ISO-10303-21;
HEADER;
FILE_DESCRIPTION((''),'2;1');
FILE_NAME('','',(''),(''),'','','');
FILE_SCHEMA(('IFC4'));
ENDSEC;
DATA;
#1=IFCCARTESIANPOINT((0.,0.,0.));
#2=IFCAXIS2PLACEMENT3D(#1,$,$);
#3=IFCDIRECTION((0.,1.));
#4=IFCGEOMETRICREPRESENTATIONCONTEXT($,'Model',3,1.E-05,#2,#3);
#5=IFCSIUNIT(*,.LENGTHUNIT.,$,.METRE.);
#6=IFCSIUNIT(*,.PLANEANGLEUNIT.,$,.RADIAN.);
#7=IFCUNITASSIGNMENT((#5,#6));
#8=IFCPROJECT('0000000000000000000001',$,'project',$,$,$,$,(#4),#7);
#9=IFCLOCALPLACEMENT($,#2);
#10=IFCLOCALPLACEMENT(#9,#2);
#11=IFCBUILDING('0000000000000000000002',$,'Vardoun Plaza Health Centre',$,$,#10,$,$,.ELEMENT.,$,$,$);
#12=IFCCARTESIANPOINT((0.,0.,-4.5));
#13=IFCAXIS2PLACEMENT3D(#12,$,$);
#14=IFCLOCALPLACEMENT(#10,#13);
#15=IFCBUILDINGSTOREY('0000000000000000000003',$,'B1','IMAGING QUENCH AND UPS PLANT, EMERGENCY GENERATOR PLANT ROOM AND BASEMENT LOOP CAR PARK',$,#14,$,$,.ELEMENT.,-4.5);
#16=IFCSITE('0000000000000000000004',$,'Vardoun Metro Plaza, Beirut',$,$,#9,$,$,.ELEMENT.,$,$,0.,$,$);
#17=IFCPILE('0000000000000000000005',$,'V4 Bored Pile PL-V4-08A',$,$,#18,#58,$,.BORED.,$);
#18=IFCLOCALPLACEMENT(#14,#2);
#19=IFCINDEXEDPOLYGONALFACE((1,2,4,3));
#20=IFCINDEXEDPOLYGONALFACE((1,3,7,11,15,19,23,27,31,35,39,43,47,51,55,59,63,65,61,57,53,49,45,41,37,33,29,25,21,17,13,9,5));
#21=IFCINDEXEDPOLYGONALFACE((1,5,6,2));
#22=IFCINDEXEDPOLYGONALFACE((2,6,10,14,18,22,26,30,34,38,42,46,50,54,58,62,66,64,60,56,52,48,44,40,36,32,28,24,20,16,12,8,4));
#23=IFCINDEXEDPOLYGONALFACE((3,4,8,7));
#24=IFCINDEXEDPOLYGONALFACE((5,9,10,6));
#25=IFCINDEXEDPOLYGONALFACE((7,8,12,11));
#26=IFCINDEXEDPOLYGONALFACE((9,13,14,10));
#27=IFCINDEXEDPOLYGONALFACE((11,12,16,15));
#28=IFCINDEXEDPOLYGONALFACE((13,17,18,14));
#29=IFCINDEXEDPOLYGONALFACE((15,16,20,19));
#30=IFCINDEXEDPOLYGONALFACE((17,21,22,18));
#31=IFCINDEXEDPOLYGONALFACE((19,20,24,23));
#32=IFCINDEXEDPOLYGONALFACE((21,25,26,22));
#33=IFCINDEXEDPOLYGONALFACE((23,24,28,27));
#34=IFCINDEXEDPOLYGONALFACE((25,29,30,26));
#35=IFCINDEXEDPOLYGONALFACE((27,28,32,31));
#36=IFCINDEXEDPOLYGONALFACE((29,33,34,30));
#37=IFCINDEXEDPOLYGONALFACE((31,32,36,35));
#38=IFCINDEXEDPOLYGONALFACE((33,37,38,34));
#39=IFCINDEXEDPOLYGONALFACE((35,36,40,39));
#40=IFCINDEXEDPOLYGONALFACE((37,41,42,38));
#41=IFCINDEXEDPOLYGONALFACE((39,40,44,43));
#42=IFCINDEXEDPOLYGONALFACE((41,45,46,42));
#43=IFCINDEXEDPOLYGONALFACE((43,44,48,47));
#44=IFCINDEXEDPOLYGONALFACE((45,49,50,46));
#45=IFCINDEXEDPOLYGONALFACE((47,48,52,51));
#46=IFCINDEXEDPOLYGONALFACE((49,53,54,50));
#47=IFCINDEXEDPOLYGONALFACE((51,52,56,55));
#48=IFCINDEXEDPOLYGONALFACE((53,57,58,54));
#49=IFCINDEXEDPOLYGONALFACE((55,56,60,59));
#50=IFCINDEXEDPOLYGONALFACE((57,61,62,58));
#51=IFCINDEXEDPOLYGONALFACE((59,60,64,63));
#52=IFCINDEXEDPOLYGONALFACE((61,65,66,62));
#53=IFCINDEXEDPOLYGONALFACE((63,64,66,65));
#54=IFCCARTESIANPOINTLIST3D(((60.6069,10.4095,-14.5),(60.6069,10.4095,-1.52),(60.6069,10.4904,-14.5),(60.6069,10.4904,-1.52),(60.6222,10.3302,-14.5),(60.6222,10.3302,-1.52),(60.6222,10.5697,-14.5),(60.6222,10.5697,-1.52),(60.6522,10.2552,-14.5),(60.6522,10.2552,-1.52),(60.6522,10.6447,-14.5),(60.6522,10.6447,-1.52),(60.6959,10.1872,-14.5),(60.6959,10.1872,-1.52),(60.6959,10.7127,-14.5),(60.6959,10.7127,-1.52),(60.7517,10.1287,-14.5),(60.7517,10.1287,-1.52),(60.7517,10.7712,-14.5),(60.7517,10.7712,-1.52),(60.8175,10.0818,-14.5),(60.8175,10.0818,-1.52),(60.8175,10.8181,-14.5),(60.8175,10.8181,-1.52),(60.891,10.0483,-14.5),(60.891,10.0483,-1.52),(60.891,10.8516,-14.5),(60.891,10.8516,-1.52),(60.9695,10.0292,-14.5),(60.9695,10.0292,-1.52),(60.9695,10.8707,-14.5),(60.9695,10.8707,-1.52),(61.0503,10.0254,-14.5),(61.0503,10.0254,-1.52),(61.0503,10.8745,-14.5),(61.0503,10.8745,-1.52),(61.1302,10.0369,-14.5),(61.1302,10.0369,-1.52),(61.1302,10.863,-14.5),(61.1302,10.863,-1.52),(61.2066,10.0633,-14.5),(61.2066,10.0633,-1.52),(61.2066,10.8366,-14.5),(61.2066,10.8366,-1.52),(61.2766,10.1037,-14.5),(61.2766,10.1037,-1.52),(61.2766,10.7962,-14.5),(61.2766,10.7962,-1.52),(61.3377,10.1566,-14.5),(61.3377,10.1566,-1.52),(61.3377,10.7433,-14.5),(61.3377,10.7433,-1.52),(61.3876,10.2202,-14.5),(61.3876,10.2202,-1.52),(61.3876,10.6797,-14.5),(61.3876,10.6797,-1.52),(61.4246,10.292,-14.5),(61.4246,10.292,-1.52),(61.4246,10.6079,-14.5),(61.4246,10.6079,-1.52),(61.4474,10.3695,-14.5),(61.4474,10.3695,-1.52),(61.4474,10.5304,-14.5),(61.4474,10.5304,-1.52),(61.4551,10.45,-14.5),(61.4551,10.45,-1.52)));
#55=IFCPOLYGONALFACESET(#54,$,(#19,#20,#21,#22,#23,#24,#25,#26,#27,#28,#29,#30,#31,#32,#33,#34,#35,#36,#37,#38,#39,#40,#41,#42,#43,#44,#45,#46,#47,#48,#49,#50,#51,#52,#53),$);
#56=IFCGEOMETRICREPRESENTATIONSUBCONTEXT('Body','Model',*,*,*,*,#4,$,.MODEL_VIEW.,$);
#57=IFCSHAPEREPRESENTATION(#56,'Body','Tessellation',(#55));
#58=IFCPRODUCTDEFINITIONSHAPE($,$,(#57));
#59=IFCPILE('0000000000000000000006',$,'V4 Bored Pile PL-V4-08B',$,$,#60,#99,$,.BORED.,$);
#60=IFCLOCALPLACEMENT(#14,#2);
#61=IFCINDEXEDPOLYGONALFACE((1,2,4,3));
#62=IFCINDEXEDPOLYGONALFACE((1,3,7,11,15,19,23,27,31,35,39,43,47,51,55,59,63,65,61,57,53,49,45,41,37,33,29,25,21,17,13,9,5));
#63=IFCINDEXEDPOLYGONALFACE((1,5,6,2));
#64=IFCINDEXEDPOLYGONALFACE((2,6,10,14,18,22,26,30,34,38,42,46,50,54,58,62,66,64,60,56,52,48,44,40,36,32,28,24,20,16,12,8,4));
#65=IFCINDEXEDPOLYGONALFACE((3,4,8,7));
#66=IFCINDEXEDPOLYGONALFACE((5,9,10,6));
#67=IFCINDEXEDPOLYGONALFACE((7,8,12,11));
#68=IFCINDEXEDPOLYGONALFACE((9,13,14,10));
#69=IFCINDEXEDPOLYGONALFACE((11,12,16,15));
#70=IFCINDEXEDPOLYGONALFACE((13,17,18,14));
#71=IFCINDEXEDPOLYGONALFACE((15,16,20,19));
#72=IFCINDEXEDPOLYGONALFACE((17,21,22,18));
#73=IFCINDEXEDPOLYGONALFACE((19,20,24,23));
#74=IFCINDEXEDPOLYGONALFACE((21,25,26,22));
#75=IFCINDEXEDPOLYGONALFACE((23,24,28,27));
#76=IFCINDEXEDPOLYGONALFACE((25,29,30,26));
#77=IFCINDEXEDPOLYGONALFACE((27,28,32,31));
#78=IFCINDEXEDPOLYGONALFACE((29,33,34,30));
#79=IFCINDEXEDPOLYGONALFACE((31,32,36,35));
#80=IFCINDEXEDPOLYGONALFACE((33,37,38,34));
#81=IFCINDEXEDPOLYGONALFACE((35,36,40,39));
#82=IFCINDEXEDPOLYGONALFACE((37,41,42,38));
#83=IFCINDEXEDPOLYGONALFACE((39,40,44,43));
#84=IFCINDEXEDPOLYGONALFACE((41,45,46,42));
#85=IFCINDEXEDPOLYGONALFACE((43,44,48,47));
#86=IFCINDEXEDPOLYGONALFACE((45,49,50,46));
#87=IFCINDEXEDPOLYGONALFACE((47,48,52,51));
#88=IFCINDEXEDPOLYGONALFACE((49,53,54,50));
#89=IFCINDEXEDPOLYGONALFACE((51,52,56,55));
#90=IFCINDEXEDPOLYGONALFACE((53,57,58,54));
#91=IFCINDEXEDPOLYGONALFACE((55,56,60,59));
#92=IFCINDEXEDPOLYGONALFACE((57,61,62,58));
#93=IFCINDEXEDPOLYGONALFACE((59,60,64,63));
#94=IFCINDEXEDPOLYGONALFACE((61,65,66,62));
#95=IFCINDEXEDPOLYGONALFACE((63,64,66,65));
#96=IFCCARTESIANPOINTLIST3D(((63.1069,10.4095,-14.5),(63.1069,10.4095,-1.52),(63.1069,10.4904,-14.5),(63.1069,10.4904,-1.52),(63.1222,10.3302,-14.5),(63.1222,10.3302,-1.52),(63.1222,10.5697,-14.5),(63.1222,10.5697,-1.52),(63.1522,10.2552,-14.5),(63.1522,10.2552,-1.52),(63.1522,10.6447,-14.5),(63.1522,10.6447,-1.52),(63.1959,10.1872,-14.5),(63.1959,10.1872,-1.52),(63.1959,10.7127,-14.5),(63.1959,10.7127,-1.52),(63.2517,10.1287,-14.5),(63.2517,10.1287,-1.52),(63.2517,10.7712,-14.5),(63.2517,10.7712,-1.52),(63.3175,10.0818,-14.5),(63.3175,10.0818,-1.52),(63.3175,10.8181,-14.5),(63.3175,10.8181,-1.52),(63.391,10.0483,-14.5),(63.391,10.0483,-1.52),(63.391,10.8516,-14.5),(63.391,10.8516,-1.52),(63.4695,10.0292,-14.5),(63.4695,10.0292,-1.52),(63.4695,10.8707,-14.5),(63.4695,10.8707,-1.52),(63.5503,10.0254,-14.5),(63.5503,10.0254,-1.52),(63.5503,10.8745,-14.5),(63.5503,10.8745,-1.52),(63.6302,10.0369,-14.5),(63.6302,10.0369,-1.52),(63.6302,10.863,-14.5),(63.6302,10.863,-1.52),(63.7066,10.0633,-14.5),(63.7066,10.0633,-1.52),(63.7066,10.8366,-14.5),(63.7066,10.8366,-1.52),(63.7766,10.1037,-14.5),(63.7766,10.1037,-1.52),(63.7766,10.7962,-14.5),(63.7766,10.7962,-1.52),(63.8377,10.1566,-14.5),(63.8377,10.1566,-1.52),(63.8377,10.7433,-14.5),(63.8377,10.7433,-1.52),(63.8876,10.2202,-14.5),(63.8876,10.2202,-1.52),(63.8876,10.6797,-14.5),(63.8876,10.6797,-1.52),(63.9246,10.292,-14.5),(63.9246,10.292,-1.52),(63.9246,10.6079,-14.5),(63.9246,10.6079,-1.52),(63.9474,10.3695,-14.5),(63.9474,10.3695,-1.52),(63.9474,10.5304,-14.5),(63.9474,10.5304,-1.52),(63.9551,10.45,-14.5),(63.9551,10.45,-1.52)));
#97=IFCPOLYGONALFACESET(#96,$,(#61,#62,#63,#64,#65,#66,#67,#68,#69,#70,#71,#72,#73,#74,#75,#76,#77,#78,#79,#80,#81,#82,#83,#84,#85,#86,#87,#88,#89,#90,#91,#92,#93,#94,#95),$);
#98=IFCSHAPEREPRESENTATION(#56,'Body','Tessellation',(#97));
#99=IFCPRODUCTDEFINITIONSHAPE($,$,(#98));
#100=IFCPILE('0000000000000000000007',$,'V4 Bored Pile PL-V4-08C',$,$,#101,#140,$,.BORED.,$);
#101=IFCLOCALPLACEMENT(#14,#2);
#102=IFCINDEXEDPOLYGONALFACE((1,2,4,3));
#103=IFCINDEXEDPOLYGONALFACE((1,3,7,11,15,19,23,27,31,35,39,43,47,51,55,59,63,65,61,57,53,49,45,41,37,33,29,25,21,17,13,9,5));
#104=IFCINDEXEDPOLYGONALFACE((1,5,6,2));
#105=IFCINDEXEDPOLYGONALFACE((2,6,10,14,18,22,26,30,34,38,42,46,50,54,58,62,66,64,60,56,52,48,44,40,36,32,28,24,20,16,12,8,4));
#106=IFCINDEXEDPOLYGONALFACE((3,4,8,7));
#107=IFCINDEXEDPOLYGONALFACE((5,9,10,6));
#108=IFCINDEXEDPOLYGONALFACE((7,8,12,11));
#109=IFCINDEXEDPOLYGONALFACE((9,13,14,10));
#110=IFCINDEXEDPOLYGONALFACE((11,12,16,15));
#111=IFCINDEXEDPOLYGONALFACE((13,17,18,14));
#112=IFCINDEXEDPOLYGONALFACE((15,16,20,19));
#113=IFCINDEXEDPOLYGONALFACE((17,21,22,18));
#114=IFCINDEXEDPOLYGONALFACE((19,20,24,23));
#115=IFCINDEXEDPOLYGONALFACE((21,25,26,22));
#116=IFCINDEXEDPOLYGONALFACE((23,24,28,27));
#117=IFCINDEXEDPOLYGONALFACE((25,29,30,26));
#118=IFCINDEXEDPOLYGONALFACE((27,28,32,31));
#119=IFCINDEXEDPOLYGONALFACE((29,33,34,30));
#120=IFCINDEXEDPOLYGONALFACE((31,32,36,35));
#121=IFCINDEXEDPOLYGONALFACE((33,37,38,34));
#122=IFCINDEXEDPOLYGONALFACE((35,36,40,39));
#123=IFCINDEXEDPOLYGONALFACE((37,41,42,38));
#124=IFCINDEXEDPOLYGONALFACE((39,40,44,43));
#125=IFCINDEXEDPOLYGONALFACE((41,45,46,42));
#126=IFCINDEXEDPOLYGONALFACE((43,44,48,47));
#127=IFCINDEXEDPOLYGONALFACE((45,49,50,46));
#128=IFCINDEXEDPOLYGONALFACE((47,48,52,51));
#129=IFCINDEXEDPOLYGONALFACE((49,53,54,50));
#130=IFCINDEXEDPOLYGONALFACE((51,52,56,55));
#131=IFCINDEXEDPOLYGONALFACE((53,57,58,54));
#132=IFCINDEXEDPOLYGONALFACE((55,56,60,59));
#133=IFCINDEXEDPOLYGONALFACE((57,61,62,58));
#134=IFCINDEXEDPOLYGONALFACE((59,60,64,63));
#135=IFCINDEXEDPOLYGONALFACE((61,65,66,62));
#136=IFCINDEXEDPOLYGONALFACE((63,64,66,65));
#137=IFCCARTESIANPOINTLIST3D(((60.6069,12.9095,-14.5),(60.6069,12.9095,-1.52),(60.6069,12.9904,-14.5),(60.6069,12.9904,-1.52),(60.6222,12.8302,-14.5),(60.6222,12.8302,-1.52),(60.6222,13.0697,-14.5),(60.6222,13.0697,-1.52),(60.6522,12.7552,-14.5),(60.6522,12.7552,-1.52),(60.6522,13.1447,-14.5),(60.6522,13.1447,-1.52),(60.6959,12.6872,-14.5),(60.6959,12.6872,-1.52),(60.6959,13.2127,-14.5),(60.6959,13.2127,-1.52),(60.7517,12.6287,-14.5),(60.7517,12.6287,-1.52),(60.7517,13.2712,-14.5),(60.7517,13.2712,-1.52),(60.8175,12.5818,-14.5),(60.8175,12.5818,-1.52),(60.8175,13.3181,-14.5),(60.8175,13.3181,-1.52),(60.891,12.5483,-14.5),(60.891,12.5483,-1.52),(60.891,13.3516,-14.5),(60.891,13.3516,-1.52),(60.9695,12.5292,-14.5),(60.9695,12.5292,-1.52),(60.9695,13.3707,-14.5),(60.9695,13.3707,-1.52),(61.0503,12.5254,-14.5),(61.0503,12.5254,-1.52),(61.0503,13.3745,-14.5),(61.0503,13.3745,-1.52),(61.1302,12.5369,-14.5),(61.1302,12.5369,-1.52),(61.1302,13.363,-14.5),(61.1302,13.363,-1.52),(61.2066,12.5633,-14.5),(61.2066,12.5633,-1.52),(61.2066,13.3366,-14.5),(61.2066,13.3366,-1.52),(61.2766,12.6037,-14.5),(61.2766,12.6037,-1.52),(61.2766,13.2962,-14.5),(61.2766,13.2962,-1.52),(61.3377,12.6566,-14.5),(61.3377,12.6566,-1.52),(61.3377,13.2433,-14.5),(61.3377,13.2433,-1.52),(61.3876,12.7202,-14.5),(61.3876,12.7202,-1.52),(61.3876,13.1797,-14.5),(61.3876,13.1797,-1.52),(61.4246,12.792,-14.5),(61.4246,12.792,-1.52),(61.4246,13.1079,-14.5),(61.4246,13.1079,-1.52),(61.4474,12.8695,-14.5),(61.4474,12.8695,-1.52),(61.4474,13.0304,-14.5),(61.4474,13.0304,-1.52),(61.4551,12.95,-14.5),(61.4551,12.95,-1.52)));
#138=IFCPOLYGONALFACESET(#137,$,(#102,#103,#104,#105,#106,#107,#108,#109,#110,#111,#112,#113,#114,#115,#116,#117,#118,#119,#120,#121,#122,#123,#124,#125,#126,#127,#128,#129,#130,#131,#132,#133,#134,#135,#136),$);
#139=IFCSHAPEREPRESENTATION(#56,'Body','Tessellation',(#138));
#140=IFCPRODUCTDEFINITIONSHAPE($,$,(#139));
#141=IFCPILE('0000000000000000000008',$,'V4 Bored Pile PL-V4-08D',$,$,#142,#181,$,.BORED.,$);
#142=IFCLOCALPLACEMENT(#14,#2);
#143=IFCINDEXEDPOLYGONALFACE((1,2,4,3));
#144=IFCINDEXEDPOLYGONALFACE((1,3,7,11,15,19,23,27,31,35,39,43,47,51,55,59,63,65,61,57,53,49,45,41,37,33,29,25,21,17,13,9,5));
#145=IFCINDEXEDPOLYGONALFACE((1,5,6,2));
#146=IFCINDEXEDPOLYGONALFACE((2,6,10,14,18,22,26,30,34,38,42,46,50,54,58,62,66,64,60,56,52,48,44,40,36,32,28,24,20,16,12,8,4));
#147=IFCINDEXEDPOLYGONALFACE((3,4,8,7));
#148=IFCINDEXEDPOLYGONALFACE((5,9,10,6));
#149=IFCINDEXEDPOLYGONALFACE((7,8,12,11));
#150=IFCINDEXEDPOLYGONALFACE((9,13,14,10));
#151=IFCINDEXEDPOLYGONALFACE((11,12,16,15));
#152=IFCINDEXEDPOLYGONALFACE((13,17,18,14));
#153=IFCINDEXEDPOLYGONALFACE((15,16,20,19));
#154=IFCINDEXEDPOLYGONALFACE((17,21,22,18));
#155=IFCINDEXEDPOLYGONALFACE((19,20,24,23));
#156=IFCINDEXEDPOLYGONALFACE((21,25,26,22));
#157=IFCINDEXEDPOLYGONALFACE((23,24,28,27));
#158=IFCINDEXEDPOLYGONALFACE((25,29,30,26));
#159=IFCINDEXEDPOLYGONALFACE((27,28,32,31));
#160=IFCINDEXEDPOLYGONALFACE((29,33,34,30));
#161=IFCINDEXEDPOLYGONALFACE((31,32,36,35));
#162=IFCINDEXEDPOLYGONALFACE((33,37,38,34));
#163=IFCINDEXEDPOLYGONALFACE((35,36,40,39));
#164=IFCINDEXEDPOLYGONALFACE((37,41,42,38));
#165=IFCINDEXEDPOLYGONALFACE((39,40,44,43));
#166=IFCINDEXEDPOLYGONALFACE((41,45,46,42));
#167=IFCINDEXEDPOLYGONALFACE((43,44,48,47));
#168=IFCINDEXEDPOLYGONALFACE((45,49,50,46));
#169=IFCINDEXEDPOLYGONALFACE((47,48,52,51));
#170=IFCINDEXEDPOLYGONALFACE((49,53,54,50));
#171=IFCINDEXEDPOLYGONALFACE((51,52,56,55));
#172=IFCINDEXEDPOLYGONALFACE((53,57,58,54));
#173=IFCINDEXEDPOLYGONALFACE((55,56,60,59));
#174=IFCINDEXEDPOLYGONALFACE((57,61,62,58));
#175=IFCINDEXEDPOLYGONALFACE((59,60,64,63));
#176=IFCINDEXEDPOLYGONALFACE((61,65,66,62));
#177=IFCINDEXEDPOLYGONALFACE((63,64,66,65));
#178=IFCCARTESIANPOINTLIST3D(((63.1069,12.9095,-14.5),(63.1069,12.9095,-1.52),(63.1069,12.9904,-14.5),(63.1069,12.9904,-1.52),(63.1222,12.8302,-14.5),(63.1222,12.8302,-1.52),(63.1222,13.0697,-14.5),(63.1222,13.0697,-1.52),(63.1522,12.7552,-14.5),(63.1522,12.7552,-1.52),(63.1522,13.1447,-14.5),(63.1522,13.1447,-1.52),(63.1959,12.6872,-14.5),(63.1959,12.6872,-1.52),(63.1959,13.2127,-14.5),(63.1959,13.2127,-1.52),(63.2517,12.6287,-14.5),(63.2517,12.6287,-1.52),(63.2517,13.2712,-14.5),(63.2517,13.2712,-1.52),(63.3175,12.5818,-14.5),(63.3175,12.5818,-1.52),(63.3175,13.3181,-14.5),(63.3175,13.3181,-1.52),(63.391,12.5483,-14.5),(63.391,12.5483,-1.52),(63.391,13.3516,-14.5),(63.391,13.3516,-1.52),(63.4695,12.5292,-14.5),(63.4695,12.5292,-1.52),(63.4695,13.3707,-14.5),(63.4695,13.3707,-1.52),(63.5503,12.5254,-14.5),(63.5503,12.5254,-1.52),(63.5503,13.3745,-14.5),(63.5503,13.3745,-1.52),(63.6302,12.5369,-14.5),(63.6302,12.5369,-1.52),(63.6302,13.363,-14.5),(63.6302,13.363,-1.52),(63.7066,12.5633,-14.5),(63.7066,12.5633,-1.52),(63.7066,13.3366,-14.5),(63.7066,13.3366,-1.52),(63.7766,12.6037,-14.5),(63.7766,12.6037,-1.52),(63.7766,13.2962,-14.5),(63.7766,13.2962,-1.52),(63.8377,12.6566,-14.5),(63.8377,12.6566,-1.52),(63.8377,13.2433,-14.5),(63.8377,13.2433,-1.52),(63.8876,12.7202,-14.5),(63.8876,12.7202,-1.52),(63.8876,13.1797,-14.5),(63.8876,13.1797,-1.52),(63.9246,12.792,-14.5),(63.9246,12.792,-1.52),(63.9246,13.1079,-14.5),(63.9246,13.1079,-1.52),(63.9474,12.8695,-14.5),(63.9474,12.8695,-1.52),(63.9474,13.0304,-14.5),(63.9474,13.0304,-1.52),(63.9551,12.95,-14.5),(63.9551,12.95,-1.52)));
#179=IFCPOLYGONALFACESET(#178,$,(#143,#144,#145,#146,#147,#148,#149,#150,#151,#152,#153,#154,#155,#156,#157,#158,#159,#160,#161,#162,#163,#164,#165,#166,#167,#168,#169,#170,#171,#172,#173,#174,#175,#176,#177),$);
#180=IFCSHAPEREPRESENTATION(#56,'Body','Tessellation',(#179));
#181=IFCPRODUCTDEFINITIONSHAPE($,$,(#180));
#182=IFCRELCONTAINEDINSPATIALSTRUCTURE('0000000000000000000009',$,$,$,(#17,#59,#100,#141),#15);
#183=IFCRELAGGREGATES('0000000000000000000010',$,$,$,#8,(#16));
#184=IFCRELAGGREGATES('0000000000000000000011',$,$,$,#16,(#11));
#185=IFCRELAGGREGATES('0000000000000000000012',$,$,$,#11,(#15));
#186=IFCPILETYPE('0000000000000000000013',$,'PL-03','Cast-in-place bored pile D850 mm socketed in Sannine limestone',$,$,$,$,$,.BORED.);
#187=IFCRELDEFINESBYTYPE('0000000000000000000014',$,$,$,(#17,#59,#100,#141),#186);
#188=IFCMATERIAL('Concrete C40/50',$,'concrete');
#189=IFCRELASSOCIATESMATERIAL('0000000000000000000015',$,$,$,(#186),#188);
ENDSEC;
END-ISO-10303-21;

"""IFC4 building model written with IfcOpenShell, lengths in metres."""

from ifc_helpers import new_model, si_unit, direction, frame, origin, origin_2d, place, context, subcontext, project, spatial, circle, extrude, material, material_profile, profile_set, type_object, element, save


model = new_model("IFC4")

# Units and contexts
model_context = context("Model", 3, precision=1e-05, world=origin(), true_north=direction((0.0, 1.0)))
body_context = subcontext(model_context, "Body", "Model", "MODEL_VIEW")
ifc_project = project(units=[si_unit("LENGTHUNIT", "METRE"), si_unit("PLANEANGLEUNIT", "RADIAN")], contexts=[model_context])

# Site, building, storey
site_placement = place(None, origin())
site = spatial("IfcSite", under=ifc_project, at=site_placement, Name="Vardoun Metro Plaza, Beirut", CompositionType="ELEMENT", RefElevation=0.0)
building_placement = place(site_placement, origin())
building = spatial("IfcBuilding", under=site, at=building_placement, Name="Vardoun Plaza Health Centre", CompositionType="ELEMENT")
storey_placement = place(building_placement, frame((0.0, 0.0, -4.5)))
storey = spatial("IfcBuildingStorey", under=building, at=storey_placement, Name="B1", Description="IMAGING QUENCH AND UPS PLANT, EMERGENCY GENERATOR PLANT ROOM AND BASEMENT LOOP CAR PARK", CompositionType="ELEMENT", Elevation=-4.5)

# Piles
ifc_material_1 = material(Name="Concrete C40/50", Category="concrete")
ifc_material_profile_1 = material_profile(ifc_material_1, circle(Radius=0.425, at=origin_2d()), Name="PILE D850")
ifc_profile_set_1 = profile_set([ifc_material_profile_1], Name="Concrete C40/50")
pile_type_1 = type_object("IfcPileType", Name="PL-03", Description="Cast-in-place bored pile D850 mm socketed in Sannine limestone", PredefinedType="BORED", material=ifc_profile_set_1)
for number, where, z_axis, x_axis, name in (
    (1, (61.03, 10.45, -1.52), (0.0, 0.0, -1.0), (1.0, 0.0, 0.0), "V4 Bored Pile PL-V4-08A"),
    (2, (63.53, 10.45, -1.52), (0.0, 0.0, -1.0), (1.0, 0.0, 0.0), "V4 Bored Pile PL-V4-08B"),
    (3, (61.03, 12.95, -1.52), (0.0, 0.0, -1.0), (1.0, 0.0, 0.0), "V4 Bored Pile PL-V4-08C"),
    (4, (63.53, 12.95, -1.52), (0.0, 0.0, -1.0), (1.0, 0.0, 0.0), "V4 Bored Pile PL-V4-08D"),
):
    element("IfcPile", number, at=place(storey_placement, frame(where, z_axis=z_axis, x_axis=x_axis)), inside=storey, type_object=pile_type_1, Name=name, PredefinedType="BORED", context=body_context, shape_type="SweptSolid", body=[
        extrude(circle(Radius=0.425, at=origin_2d()), origin(), (0.0, 0.0, 1.0), 12.98),
    ])

save(model, "model.ifc")
